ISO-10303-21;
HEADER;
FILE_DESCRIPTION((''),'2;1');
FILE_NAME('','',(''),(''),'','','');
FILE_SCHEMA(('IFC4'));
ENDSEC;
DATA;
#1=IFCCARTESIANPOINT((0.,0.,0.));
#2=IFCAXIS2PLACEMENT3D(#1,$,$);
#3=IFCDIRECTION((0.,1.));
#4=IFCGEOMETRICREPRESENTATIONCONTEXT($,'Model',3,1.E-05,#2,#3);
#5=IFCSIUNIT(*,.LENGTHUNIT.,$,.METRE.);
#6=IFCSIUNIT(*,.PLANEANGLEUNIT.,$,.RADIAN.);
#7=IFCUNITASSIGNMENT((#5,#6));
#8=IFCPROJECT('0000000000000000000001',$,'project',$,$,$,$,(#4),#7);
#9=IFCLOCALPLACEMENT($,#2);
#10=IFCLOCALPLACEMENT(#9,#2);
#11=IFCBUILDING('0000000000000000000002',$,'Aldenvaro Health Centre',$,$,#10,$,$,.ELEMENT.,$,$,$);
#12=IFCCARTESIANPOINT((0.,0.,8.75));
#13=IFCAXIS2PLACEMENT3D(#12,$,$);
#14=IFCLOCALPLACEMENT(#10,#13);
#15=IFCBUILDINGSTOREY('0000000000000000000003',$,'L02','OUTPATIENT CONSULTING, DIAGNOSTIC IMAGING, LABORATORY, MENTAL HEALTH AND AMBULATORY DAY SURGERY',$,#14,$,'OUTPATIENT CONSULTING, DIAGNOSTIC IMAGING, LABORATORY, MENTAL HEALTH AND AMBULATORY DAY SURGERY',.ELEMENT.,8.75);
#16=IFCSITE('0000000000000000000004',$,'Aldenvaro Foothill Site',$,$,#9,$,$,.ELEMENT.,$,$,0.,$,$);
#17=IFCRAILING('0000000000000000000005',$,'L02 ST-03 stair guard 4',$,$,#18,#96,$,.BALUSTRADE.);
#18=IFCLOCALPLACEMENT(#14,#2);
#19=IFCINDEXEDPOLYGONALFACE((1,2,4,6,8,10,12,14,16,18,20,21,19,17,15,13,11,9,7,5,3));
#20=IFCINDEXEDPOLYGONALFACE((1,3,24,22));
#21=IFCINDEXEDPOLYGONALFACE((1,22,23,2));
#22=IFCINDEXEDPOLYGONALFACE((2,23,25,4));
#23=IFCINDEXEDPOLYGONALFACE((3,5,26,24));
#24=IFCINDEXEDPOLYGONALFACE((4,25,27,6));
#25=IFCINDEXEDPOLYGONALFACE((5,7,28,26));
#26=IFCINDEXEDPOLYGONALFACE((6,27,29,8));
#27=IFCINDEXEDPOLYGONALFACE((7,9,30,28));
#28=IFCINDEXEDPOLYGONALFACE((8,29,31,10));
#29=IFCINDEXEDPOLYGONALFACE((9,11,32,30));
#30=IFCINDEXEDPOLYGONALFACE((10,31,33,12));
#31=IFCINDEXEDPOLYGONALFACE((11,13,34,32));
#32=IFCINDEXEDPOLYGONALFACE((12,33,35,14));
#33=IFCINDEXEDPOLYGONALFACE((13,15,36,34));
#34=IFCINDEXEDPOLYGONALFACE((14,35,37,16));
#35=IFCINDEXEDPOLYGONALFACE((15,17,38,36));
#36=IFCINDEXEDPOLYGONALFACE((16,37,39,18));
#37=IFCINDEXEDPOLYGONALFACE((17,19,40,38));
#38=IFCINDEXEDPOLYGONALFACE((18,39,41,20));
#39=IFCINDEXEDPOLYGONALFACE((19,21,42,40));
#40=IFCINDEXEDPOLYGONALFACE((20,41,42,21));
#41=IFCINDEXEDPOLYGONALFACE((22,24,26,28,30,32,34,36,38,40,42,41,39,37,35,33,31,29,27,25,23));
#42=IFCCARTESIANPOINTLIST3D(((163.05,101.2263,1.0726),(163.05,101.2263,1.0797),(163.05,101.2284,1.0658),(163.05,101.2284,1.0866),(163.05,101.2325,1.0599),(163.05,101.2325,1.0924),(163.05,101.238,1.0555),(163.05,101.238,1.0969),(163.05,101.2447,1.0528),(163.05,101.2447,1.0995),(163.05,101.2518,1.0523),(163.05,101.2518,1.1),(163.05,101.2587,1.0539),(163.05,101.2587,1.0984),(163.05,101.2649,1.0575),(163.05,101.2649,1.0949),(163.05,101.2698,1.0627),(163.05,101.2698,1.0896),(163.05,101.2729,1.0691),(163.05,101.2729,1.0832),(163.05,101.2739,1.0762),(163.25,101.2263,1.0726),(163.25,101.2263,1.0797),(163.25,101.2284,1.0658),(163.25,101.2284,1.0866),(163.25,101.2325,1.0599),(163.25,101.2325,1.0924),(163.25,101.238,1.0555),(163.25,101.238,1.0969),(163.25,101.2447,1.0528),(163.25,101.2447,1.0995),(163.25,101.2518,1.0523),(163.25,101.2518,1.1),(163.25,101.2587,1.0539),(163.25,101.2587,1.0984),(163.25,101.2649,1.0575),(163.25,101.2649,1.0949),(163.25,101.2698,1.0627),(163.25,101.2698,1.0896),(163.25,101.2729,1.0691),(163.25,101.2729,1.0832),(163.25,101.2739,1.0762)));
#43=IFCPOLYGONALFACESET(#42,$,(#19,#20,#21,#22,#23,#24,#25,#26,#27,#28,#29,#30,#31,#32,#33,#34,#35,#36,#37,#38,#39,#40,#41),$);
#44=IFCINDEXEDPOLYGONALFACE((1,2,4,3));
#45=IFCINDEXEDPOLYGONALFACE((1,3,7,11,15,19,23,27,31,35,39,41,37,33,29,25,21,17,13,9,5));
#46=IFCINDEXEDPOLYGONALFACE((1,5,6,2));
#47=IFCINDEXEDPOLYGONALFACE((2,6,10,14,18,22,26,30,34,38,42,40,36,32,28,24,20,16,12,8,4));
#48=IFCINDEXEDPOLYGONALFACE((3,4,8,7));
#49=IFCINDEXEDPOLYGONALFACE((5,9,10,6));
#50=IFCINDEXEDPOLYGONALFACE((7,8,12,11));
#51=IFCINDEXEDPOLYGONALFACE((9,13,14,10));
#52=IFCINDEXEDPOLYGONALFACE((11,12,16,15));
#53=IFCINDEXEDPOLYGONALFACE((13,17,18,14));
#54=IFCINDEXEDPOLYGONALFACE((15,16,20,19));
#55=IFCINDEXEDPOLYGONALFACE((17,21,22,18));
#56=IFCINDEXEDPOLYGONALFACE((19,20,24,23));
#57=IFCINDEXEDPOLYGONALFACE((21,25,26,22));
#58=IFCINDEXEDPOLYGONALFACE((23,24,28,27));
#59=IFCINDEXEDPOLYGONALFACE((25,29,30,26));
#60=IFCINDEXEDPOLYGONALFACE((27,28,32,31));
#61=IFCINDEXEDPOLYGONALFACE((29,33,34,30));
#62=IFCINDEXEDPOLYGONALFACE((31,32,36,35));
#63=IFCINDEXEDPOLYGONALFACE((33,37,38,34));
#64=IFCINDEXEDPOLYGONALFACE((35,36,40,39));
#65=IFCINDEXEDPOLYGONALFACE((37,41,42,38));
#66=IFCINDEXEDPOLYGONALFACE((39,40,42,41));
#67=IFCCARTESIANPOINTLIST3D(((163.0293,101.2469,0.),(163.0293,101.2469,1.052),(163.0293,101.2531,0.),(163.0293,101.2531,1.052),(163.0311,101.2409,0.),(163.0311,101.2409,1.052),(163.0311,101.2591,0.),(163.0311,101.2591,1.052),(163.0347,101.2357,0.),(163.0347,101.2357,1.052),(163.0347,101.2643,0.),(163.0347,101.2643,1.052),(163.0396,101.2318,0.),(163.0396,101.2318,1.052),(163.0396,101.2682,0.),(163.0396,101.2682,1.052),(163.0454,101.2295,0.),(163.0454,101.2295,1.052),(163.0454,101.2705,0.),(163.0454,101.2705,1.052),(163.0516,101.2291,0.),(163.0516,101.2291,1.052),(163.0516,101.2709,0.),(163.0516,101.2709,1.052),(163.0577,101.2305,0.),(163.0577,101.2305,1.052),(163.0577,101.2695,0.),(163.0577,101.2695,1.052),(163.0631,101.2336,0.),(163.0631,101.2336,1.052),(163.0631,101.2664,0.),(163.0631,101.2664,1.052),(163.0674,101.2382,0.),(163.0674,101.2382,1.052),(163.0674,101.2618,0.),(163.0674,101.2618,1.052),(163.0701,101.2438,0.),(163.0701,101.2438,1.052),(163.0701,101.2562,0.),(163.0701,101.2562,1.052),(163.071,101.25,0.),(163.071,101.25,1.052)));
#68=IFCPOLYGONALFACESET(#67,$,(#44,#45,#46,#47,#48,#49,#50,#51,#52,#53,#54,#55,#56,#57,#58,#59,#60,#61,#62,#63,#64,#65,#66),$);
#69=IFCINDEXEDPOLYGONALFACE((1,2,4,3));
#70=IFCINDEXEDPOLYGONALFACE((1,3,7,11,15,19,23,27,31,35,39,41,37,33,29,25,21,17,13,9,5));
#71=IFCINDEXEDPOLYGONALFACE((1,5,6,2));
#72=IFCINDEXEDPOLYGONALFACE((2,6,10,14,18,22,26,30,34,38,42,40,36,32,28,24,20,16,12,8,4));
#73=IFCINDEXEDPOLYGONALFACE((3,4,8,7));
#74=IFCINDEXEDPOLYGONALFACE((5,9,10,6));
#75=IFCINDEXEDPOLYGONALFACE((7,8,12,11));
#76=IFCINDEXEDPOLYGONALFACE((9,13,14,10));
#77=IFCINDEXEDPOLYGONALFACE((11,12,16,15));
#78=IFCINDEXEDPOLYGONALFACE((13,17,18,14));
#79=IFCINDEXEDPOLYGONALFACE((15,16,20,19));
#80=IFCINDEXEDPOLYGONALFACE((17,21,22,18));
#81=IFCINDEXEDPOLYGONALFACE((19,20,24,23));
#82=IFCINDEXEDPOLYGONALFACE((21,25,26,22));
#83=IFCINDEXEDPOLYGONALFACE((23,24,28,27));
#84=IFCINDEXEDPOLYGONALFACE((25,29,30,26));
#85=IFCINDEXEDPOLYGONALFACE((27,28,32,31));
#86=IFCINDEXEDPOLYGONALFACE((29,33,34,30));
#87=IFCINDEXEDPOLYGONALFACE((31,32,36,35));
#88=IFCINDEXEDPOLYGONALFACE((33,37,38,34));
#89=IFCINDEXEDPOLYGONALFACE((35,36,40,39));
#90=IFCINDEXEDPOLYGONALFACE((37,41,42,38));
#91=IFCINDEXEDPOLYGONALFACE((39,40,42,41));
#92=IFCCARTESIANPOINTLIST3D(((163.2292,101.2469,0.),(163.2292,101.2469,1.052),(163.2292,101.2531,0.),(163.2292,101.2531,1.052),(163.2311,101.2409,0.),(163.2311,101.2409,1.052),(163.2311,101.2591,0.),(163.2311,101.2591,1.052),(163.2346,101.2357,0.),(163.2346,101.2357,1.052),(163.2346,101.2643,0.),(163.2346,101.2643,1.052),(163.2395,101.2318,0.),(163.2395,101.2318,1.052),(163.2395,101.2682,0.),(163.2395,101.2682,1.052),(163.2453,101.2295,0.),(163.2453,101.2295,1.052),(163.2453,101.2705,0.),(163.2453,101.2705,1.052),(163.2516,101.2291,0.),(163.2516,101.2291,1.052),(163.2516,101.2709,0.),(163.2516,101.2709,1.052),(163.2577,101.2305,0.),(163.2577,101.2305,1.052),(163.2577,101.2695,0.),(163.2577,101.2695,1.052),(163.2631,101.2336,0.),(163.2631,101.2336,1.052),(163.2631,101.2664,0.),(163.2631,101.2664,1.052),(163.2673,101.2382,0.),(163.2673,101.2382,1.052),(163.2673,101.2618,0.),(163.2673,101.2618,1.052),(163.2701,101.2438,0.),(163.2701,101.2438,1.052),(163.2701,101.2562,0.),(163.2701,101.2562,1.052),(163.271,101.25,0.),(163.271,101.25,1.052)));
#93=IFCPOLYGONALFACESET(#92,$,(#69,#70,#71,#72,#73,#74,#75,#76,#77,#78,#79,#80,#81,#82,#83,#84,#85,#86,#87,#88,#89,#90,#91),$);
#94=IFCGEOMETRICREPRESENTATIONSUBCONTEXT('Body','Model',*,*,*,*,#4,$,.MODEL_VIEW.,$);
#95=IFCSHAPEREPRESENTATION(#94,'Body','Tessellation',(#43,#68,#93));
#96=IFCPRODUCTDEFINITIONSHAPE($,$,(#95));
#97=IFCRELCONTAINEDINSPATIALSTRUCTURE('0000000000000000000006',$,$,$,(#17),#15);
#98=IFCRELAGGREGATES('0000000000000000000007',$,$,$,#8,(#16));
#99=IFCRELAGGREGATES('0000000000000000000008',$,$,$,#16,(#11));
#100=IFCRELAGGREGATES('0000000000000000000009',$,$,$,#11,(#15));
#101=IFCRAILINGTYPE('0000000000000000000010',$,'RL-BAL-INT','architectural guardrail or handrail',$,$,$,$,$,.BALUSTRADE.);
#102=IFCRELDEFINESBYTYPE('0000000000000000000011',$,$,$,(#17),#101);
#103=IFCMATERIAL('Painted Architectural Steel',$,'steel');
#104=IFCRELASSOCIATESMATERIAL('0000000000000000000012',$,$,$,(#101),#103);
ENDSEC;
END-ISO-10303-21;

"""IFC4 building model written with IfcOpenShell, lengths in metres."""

from ifc_helpers import new_model, si_unit, direction, frame, origin, origin_2d, place, context, subcontext, project, spatial, circle, extrude, material, type_object, element, save


model = new_model("IFC4")

# Units and contexts
model_context = context("Model", 3, precision=1e-05, world=origin(), true_north=direction((0.0, 1.0)))
body_context = subcontext(model_context, "Body", "Model", "MODEL_VIEW")
ifc_project = project(units=[si_unit("LENGTHUNIT", "METRE"), si_unit("PLANEANGLEUNIT", "RADIAN")], contexts=[model_context])

# Site, building, storey
site_placement = place(None, origin())
site = spatial("IfcSite", under=ifc_project, at=site_placement, Name="Aldenvaro Foothill Site", CompositionType="ELEMENT", RefElevation=0.0)
building_placement = place(site_placement, origin())
building = spatial("IfcBuilding", under=site, at=building_placement, Name="Aldenvaro Health Centre", CompositionType="ELEMENT")
storey_placement = place(building_placement, frame((0.0, 0.0, 8.75)))
storey = spatial("IfcBuildingStorey", under=building, at=storey_placement, Name="L02", Description="OUTPATIENT CONSULTING, DIAGNOSTIC IMAGING, LABORATORY, MENTAL HEALTH AND AMBULATORY DAY SURGERY", LongName="OUTPATIENT CONSULTING, DIAGNOSTIC IMAGING, LABORATORY, MENTAL HEALTH AND AMBULATORY DAY SURGERY", CompositionType="ELEMENT", Elevation=8.75)

# Railing
ifc_material_1 = material(Name="Painted Architectural Steel", Category="steel")
railing_type_1 = type_object("IfcRailingType", Name="RL-BAL-INT", Description="architectural guardrail or handrail", PredefinedType="BALUSTRADE", material=ifc_material_1)
railing_1_placement = place(storey_placement, frame((163.05, 101.25, 0.0)))
element("IfcRailing", 1, at=railing_1_placement, inside=storey, type_object=railing_type_1, Name="L02 ST-03 stair guard 4", PredefinedType="BALUSTRADE", context=body_context, shape_type="SweptSolid", body=[
    extrude(circle(Radius=0.0239, at=origin_2d()), frame((0.0, 0.0, 1.0762), z_axis=(1.0, 0.0, 0.0), x_axis=(0.0, 1.0, 0.0)), (0.0, 0.0, 1.0), 0.2),
    extrude(circle(Radius=0.021, at=origin_2d()), origin(), (0.0, 0.0, 1.0), 1.052),
    extrude(circle(Radius=0.021, at=origin_2d()), frame((0.2, 0.0, 0.0)), (0.0, 0.0, 1.0), 1.052),
])

save(model, "model.ifc")
